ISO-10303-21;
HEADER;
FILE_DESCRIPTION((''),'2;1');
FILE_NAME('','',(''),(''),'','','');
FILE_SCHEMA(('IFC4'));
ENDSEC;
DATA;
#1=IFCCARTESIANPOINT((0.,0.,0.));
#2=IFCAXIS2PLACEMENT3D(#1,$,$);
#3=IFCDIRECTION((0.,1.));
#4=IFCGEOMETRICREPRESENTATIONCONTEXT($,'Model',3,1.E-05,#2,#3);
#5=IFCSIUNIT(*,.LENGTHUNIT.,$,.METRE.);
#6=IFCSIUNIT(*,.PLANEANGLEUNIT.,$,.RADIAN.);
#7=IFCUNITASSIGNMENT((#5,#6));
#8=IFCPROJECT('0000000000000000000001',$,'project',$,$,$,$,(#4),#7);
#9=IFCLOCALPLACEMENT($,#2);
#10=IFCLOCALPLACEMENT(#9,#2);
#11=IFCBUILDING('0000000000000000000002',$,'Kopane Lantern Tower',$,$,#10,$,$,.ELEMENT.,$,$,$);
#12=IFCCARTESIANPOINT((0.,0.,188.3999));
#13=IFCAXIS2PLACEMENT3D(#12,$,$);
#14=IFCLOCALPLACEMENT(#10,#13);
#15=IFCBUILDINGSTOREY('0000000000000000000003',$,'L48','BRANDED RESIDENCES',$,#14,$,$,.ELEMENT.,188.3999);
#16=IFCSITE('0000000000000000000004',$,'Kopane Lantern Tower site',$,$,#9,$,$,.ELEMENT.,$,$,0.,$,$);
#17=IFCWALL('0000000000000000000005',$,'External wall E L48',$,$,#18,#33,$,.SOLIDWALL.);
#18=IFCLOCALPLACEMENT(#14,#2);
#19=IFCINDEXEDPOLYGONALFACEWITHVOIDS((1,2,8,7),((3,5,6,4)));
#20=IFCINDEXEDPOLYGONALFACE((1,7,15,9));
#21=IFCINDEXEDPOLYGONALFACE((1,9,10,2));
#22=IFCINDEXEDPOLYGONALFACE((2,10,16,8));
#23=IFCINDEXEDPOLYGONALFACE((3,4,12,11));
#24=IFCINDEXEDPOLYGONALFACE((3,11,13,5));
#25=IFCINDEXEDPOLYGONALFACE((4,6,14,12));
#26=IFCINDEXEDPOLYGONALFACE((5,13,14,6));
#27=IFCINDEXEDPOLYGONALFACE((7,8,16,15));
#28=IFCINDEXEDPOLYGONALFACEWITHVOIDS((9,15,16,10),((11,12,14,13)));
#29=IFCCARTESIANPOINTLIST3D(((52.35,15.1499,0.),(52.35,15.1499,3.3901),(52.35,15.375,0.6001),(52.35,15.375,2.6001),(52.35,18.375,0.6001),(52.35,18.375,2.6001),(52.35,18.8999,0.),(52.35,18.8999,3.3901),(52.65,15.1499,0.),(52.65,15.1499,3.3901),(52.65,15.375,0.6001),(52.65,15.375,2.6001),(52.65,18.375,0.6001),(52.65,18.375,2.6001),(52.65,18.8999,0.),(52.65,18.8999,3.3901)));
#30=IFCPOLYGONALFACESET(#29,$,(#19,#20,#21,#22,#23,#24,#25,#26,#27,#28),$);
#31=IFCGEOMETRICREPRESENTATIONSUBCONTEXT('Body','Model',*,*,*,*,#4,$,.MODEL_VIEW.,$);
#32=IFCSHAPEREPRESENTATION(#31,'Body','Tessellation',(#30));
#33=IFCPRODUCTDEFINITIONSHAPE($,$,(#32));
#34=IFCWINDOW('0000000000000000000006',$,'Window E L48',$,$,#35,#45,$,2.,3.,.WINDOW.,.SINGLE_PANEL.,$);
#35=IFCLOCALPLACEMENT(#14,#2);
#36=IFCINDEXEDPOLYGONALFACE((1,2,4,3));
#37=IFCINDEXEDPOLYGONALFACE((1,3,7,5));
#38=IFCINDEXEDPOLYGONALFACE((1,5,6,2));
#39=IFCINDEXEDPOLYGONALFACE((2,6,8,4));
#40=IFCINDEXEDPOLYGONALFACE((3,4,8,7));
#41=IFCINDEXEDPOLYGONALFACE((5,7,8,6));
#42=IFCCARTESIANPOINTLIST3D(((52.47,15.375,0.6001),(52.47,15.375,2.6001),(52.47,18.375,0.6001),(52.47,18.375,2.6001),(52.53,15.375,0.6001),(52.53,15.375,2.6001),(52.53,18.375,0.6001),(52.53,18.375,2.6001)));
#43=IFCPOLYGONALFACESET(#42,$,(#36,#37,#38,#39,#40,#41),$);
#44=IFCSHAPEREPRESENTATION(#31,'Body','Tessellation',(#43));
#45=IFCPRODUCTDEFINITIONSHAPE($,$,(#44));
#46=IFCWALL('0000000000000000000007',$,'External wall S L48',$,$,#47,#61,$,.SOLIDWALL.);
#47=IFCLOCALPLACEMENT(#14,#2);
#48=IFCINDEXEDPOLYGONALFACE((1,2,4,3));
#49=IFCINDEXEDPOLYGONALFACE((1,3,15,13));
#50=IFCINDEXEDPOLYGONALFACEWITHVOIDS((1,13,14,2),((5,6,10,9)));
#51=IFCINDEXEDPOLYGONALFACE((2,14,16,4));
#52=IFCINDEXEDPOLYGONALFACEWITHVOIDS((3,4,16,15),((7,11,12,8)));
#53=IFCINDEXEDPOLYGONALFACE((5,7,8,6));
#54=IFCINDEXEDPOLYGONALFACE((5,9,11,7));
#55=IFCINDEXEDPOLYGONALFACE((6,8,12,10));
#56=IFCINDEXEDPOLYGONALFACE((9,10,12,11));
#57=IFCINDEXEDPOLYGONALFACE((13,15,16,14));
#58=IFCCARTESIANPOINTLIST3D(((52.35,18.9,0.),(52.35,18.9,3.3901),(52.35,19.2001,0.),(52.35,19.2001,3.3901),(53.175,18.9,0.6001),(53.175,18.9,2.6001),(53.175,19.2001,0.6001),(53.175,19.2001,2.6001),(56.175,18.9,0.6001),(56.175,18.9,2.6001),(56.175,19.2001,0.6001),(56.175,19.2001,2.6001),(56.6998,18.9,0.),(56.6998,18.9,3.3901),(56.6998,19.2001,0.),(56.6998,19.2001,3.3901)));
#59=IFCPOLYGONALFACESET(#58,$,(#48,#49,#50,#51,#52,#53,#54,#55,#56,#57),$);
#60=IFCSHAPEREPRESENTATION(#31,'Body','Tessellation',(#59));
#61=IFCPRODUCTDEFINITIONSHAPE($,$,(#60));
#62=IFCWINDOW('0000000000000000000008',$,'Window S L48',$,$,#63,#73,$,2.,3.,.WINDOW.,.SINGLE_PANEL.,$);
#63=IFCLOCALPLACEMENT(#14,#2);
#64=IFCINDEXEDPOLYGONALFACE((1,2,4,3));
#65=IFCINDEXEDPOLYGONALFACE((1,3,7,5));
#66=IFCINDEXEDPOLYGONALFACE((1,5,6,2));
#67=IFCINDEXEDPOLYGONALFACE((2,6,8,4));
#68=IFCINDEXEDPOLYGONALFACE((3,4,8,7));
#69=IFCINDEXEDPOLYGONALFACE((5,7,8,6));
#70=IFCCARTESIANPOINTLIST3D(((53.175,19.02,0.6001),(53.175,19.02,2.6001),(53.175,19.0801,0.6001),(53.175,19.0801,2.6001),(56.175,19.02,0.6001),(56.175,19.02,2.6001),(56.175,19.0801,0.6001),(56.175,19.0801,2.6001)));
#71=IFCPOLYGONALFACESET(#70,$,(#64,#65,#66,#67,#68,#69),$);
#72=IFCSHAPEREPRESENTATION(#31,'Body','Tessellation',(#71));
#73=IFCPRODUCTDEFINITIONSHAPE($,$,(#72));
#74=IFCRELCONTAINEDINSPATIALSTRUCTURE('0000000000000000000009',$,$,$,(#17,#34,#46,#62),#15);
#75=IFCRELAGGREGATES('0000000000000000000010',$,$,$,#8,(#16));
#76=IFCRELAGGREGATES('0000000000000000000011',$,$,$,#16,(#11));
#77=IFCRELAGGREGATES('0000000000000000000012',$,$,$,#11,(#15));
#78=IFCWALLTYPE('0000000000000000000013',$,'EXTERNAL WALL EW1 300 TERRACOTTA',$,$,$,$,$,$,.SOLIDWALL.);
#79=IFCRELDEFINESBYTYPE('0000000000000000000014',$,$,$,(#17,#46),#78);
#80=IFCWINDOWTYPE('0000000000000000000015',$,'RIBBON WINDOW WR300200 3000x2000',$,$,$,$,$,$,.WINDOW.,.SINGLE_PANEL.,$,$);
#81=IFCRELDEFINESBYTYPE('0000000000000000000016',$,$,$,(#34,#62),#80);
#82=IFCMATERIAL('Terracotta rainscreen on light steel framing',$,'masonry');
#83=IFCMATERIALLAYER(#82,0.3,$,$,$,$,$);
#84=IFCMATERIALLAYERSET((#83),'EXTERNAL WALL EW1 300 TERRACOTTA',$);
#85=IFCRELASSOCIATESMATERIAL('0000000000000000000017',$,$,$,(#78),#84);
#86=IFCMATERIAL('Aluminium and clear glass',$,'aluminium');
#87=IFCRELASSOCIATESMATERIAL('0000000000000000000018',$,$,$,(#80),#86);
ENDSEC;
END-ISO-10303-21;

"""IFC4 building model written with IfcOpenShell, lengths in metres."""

from ifc_helpers import new_model, si_unit, direction, frame, frame_2d, origin, place, context, subcontext, project, spatial, rectangle, extrude, material, layer, layer_set, type_object, element, fill, save


model = new_model("IFC4")

# Units and contexts
model_context = context("Model", 3, precision=1e-05, world=origin(), true_north=direction((0.0, 1.0)))
body_context = subcontext(model_context, "Body", "Model", "MODEL_VIEW")
ifc_project = project(units=[si_unit("LENGTHUNIT", "METRE"), si_unit("PLANEANGLEUNIT", "RADIAN")], contexts=[model_context])

# Site, building, storey
site_placement = place(None, origin())
site = spatial("IfcSite", under=ifc_project, at=site_placement, Name="Kopane Lantern Tower site", CompositionType="ELEMENT", RefElevation=0.0)
building_placement = place(site_placement, origin())
building = spatial("IfcBuilding", under=site, at=building_placement, Name="Kopane Lantern Tower", CompositionType="ELEMENT")
storey_placement = place(building_placement, frame((0.0, 0.0, 188.3999)))
storey = spatial("IfcBuildingStorey", under=building, at=storey_placement, Name="L48", Description="BRANDED RESIDENCES", CompositionType="ELEMENT", Elevation=188.3999)

# Walls, openings, windows
ifc_material_1 = material(Name="Terracotta rainscreen on light steel framing", Category="masonry")
ifc_layer = layer(ifc_material_1, 0.3)
ifc_layer_set = layer_set([ifc_layer], Name="EXTERNAL WALL EW1 300 TERRACOTTA")
wall_type = type_object("IfcWallType", Name="EXTERNAL WALL EW1 300 TERRACOTTA", PredefinedType="SOLIDWALL", material=ifc_layer_set)
wall_1_placement = place(storey_placement, frame((52.5, 15.1499, 0.0), z_axis=(0.0, 0.0, 1.0), x_axis=(0.0, 1.0, 0.0)))
wall_1 = element("IfcWall", 1, at=wall_1_placement, inside=storey, type_object=wall_type, Name="External wall E L48", PredefinedType="SOLIDWALL", context=body_context, shape_type="SweptSolid", body=[
    extrude(rectangle(XDim=3.75, YDim=0.3, at=frame_2d((1.875, 0.0))), origin(), (0.0, 0.0, 1.0), 3.3901),
])
opening_1_placement = place(wall_1_placement, frame((0.2251, 0.0, 0.6001)))
opening_1 = element("IfcOpeningElement", 2, at=opening_1_placement, cuts=wall_1, PredefinedType="OPENING", context=body_context, shape_type="SweptSolid", body=[
    extrude(rectangle(XDim=3.0, YDim=2.0, at=frame_2d((1.5, 1.0))), frame((0.0, 0.1599, 0.0), z_axis=(0.0, -1.0, 0.0), x_axis=(1.0, 0.0, 0.0)), (0.0, 0.0, 1.0), 0.3201),
])
ifc_material_2 = material(Name="Aluminium and clear glass", Category="aluminium")
window_type_1 = type_object("IfcWindowType", Name="RIBBON WINDOW WR300200 3000x2000", PartitioningType="SINGLE_PANEL", PredefinedType="WINDOW", material=ifc_material_2)
window_1_placement = place(opening_1_placement, origin())
window_1 = element("IfcWindow", 3, at=window_1_placement, inside=storey, type_object=window_type_1, Name="Window E L48", OverallHeight=2.0, OverallWidth=3.0, PartitioningType="SINGLE_PANEL", PredefinedType="WINDOW", context=body_context, shape_type="SweptSolid", body=[
    extrude(rectangle(XDim=3.0, YDim=2.0, at=frame_2d((1.5, 1.0))), frame((0.0, 0.03, 0.0), z_axis=(0.0, -1.0, 0.0), x_axis=(1.0, 0.0, 0.0)), (0.0, 0.0, 1.0), 0.0601),
])
fill(opening_1, window_1)
wall_2_placement = place(storey_placement, frame((52.3501, 19.05, 0.0), z_axis=(0.0, 0.0, 1.0), x_axis=(1.0, 0.0, 0.0)))
wall_2 = element("IfcWall", 4, at=wall_2_placement, inside=storey, type_object=wall_type, Name="External wall S L48", PredefinedType="SOLIDWALL", context=body_context, shape_type="SweptSolid", body=[
    extrude(rectangle(XDim=4.3499, YDim=0.3, at=frame_2d((2.1748, 0.0))), origin(), (0.0, 0.0, 1.0), 3.3901),
])
opening_2_placement = place(wall_2_placement, frame((0.825, 0.0, 0.6001)))
opening_2 = element("IfcOpeningElement", 5, at=opening_2_placement, cuts=wall_2, PredefinedType="OPENING", context=body_context, shape_type="SweptSolid", body=[
    extrude(rectangle(XDim=3.0, YDim=2.0, at=frame_2d((1.5, 1.0))), frame((0.0, 0.1599, 0.0), z_axis=(0.0, -1.0, 0.0), x_axis=(1.0, 0.0, 0.0)), (0.0, 0.0, 1.0), 0.3201),
])
window_2_placement = place(opening_2_placement, origin())
window_2 = element("IfcWindow", 6, at=window_2_placement, inside=storey, type_object=window_type_1, Name="Window S L48", OverallHeight=2.0, OverallWidth=3.0, PartitioningType="SINGLE_PANEL", PredefinedType="WINDOW", context=body_context, shape_type="SweptSolid", body=[
    extrude(rectangle(XDim=3.0, YDim=2.0, at=frame_2d((1.5, 1.0))), frame((0.0, 0.03, 0.0), z_axis=(0.0, -1.0, 0.0), x_axis=(1.0, 0.0, 0.0)), (0.0, 0.0, 1.0), 0.0601),
])
fill(opening_2, window_2)

save(model, "model.ifc")
